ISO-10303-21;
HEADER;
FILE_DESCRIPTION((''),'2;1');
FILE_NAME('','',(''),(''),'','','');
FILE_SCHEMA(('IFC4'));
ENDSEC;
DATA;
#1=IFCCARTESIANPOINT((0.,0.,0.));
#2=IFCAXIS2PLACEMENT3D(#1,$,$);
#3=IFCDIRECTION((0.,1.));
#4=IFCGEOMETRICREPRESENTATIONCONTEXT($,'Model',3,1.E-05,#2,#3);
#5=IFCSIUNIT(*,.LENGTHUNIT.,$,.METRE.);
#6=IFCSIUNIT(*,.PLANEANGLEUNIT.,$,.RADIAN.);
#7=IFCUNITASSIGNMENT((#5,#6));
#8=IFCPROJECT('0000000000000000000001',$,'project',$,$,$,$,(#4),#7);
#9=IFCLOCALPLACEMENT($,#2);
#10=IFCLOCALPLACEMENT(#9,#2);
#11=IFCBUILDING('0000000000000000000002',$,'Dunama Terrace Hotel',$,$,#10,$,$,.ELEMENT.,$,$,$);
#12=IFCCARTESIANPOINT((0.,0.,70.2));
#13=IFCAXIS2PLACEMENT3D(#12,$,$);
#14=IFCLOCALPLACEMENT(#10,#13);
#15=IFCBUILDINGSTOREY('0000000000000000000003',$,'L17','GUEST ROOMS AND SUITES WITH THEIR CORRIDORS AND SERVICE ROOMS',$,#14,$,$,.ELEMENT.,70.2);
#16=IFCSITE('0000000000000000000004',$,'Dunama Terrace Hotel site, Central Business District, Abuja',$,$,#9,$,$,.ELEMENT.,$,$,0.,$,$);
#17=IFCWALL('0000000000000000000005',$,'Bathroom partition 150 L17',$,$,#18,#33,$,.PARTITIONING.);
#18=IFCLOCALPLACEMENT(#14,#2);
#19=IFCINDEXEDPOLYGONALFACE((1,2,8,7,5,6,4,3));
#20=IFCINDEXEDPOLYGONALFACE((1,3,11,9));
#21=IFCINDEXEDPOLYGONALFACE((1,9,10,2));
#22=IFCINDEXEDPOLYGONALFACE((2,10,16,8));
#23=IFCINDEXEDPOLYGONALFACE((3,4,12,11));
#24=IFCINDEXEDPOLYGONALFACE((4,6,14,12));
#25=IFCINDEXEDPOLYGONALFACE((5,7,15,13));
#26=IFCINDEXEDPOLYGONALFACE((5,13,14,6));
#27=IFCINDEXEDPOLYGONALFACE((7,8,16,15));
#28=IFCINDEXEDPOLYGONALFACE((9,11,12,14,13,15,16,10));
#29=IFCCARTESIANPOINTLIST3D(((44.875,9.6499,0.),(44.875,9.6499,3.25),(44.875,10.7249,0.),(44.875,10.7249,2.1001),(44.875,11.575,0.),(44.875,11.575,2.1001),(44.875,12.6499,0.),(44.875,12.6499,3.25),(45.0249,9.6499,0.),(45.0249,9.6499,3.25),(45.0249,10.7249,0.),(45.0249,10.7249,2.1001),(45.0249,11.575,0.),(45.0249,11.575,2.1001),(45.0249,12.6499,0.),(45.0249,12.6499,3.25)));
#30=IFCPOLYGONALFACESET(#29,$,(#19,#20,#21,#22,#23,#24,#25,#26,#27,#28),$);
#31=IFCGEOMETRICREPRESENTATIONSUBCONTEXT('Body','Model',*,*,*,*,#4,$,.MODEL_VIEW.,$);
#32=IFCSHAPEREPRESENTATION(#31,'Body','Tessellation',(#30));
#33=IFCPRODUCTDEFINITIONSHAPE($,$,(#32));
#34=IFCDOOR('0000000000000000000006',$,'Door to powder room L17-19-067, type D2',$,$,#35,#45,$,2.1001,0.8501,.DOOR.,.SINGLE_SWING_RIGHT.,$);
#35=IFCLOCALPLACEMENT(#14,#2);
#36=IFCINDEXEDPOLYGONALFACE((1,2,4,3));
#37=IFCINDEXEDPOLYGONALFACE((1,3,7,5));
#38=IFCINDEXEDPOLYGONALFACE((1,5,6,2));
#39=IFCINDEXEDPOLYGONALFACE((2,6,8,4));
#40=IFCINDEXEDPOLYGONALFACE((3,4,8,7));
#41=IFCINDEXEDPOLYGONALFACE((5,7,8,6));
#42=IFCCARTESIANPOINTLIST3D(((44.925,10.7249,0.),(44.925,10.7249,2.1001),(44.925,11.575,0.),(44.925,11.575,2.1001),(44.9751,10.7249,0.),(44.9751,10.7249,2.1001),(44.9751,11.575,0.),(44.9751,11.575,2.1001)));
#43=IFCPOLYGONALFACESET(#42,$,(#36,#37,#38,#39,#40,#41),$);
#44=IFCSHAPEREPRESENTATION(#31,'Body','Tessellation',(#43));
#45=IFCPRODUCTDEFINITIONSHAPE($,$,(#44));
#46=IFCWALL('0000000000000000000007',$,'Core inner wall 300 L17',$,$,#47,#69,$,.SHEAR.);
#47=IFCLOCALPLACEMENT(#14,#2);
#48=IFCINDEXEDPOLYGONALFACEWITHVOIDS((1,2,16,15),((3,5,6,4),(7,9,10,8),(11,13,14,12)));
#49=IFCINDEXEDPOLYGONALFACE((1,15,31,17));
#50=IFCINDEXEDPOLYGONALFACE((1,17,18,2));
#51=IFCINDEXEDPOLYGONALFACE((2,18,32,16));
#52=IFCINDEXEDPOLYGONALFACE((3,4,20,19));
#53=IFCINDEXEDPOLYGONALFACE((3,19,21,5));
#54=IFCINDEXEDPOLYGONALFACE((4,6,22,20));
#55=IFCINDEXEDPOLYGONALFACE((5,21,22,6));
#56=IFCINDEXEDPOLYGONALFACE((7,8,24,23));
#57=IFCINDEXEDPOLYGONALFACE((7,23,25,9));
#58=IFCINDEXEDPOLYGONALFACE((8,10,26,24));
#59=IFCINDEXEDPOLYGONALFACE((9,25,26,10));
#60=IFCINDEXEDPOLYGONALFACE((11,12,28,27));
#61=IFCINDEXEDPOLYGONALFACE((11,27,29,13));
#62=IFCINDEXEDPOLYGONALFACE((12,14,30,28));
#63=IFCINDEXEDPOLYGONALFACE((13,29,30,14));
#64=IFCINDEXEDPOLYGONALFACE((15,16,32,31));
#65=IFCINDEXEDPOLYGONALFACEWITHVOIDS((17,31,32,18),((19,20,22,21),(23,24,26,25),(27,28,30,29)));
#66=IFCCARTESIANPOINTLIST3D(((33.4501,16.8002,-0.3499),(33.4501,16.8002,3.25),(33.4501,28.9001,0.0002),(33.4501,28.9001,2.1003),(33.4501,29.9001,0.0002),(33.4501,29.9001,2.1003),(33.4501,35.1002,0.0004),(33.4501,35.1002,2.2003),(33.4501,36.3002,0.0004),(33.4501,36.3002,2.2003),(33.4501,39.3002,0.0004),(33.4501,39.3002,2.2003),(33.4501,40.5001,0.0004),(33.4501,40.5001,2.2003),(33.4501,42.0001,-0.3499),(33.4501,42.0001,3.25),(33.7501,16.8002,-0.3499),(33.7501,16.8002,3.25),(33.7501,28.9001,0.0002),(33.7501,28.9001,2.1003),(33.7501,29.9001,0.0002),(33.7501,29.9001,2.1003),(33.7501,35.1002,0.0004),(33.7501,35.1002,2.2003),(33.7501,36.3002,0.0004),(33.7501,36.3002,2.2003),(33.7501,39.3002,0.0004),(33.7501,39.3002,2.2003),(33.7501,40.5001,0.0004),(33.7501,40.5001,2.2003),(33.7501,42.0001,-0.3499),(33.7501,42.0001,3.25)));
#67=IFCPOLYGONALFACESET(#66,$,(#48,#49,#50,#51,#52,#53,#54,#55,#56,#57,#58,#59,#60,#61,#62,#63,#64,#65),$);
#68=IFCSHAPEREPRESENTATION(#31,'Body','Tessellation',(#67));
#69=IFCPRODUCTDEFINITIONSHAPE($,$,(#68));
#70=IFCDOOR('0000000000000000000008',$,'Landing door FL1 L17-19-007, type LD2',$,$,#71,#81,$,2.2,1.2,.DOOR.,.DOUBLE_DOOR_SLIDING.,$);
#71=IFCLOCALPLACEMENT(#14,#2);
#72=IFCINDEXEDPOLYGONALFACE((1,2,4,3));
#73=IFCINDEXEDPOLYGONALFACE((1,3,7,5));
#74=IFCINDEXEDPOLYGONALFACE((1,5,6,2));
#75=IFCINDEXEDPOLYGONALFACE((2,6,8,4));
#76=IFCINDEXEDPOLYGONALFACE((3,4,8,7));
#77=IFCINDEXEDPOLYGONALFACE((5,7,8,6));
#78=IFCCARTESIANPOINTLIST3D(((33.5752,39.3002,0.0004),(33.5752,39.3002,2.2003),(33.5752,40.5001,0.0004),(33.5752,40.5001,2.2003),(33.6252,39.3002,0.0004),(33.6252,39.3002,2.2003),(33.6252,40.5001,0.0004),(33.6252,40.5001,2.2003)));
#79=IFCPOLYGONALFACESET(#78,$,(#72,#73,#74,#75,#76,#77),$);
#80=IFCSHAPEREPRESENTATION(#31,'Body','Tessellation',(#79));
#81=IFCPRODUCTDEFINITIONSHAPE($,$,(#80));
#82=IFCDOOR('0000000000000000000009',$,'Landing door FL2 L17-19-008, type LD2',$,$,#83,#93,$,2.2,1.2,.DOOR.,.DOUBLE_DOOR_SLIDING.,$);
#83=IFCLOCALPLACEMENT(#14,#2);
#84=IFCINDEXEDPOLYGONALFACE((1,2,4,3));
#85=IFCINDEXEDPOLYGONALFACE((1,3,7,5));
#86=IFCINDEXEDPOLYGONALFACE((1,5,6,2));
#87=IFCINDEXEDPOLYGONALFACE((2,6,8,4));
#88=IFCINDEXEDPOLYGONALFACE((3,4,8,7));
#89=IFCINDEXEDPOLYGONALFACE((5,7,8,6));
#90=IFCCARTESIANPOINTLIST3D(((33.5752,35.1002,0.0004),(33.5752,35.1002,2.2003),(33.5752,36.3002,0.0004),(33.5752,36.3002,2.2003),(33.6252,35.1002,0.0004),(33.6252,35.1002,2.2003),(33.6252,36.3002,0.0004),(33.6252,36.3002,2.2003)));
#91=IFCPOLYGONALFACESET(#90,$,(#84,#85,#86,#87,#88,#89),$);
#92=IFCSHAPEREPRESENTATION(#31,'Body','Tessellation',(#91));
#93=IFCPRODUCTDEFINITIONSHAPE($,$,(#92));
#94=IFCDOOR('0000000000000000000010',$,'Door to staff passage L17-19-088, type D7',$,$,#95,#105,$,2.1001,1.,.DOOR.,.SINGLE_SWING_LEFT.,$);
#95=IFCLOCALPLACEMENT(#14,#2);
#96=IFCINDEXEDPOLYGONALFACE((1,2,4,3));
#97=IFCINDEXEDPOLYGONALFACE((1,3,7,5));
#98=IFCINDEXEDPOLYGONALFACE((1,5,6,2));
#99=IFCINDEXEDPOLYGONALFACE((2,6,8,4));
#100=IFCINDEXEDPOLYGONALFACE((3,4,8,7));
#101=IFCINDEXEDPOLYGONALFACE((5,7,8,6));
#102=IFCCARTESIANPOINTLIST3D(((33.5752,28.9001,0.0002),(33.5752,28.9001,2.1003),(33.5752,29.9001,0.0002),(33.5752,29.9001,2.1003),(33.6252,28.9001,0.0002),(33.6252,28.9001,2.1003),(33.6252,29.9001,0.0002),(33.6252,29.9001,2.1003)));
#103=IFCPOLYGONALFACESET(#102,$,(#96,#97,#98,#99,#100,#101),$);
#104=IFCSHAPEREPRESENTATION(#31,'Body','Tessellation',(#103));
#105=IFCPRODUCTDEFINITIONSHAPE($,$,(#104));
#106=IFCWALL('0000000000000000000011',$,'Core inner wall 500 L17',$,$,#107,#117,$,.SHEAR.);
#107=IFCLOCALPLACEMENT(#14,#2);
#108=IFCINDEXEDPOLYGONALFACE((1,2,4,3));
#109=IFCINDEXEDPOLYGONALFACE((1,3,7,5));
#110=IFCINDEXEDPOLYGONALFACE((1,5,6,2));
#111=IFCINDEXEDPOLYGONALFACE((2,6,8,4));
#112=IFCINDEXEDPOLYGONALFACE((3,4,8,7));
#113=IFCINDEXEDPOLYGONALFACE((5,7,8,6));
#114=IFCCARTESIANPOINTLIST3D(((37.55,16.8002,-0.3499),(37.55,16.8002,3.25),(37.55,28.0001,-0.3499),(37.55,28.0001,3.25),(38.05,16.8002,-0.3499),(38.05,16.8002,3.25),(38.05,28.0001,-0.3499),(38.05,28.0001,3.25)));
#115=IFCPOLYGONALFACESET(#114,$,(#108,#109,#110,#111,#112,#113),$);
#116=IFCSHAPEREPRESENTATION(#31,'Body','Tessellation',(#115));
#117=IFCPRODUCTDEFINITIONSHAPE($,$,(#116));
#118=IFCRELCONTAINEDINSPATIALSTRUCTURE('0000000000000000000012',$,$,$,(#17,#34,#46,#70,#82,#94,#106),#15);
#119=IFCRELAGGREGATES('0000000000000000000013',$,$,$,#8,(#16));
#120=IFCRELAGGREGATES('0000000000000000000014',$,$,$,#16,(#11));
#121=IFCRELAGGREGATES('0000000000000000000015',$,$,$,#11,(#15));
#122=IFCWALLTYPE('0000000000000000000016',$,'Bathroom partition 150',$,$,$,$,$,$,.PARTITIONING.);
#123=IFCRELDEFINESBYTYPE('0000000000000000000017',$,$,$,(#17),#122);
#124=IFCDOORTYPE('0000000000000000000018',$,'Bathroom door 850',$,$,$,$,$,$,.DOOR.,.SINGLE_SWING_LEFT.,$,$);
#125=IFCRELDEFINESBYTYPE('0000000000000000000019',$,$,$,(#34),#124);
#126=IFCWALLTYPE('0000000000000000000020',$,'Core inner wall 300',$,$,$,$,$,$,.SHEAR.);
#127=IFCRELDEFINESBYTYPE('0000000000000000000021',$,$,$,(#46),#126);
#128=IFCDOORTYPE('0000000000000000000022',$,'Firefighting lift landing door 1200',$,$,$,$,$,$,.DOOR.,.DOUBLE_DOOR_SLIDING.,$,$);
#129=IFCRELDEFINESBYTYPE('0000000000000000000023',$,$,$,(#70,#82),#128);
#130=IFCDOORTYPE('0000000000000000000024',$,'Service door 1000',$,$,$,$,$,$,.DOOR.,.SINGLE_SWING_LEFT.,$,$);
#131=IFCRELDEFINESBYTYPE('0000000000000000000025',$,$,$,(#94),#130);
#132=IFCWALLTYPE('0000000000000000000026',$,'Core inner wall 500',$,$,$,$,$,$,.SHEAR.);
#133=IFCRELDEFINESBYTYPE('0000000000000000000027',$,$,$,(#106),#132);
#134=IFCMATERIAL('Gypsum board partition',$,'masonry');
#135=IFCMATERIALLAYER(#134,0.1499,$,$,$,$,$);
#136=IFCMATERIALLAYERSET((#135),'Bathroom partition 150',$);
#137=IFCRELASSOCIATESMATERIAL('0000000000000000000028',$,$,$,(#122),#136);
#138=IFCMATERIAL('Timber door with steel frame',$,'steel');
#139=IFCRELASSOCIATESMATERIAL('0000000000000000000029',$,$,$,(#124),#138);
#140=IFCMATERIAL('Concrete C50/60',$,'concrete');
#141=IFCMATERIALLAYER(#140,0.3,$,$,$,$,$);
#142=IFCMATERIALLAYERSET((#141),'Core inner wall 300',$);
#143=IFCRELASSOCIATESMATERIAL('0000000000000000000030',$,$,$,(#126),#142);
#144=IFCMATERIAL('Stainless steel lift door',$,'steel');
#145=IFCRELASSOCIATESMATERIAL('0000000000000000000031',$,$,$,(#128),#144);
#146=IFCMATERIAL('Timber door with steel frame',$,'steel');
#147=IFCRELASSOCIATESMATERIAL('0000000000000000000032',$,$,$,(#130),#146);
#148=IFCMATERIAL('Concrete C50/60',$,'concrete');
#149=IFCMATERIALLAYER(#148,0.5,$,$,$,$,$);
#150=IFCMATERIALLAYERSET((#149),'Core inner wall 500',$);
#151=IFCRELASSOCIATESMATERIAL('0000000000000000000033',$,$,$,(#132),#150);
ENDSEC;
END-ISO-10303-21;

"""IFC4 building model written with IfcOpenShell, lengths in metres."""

from ifc_helpers import new_model, si_unit, direction, frame, frame_2d, origin, place, context, subcontext, project, spatial, rectangle, extrude, material, layer, layer_set, type_object, element, fill, save


model = new_model("IFC4")

# Units and contexts
model_context = context("Model", 3, precision=1e-05, world=origin(), true_north=direction((0.0, 1.0)))
body_context = subcontext(model_context, "Body", "Model", "MODEL_VIEW")
ifc_project = project(units=[si_unit("LENGTHUNIT", "METRE"), si_unit("PLANEANGLEUNIT", "RADIAN")], contexts=[model_context])

# Site, building, storey
site_placement = place(None, origin())
site = spatial("IfcSite", under=ifc_project, at=site_placement, Name="Dunama Terrace Hotel site, Central Business District, Abuja", CompositionType="ELEMENT", RefElevation=0.0)
building_placement = place(site_placement, origin())
building = spatial("IfcBuilding", under=site, at=building_placement, Name="Dunama Terrace Hotel", CompositionType="ELEMENT")
storey_placement = place(building_placement, frame((0.0, 0.0, 70.2)))
storey = spatial("IfcBuildingStorey", under=building, at=storey_placement, Name="L17", Description="GUEST ROOMS AND SUITES WITH THEIR CORRIDORS AND SERVICE ROOMS", CompositionType="ELEMENT", Elevation=70.2)

# Wall, opening, door
ifc_material_1 = material(Name="Gypsum board partition", Category="masonry")
ifc_layer_1 = layer(ifc_material_1, 0.1499)
ifc_layer_set_1 = layer_set([ifc_layer_1], Name="Bathroom partition 150")
wall_type_1 = type_object("IfcWallType", Name="Bathroom partition 150", PredefinedType="PARTITIONING", material=ifc_layer_set_1)
wall_1_placement = place(storey_placement, frame((44.95, 9.6499, 0.0), z_axis=(0.0, 0.0, 1.0), x_axis=(0.0, 1.0, 0.0)))
wall_1 = element("IfcWall", 1, at=wall_1_placement, inside=storey, type_object=wall_type_1, Name="Bathroom partition 150 L17", PredefinedType="PARTITIONING", context=body_context, shape_type="SweptSolid", body=[
    extrude(rectangle(XDim=3.0, YDim=0.1499, at=frame_2d((1.5, 0.0))), origin(), (0.0, 0.0, 1.0), 3.25),
])
opening_1_placement = place(wall_1_placement, frame((1.075, 0.0, 0.0)))
opening_1 = element("IfcOpeningElement", 2, at=opening_1_placement, cuts=wall_1, PredefinedType="OPENING", context=body_context, shape_type="SweptSolid", body=[
    extrude(rectangle(XDim=0.8501, YDim=2.1001, at=frame_2d((0.425, 1.05))), frame((0.0, 0.085, 0.0), z_axis=(0.0, -1.0, 0.0), x_axis=(1.0, 0.0, 0.0)), (0.0, 0.0, 1.0), 0.1699),
])
ifc_material_2 = material(Name="Timber door with steel frame", Category="steel")
door_type_1 = type_object("IfcDoorType", Name="Bathroom door 850", OperationType="SINGLE_SWING_LEFT", PredefinedType="DOOR", material=ifc_material_2)
door_1_placement = place(opening_1_placement, origin())
door_1 = element("IfcDoor", 3, at=door_1_placement, inside=storey, type_object=door_type_1, Name="Door to powder room L17-19-067, type D2", OperationType="SINGLE_SWING_RIGHT", OverallHeight=2.1001, OverallWidth=0.8501, PredefinedType="DOOR", context=body_context, shape_type="SweptSolid", body=[
    extrude(rectangle(XDim=0.8501, YDim=2.1001, at=frame_2d((0.425, 1.05))), frame((0.0, 0.0249, 0.0), z_axis=(0.0, -1.0, 0.0), x_axis=(1.0, 0.0, 0.0)), (0.0, 0.0, 1.0), 0.05),
])
fill(opening_1, door_1)

# Wall, openings, doors
ifc_material_3 = material(Name="Concrete C50/60", Category="concrete")
ifc_layer_2 = layer(ifc_material_3, 0.3)
ifc_layer_set_2 = layer_set([ifc_layer_2], Name="Core inner wall 300")
wall_type_2 = type_object("IfcWallType", Name="Core inner wall 300", PredefinedType="SHEAR", material=ifc_layer_set_2)
wall_2_placement = place(storey_placement, frame((33.6001, 16.8, -0.3499), z_axis=(0.0, 0.0, 1.0), x_axis=(0.0, 1.0, 0.0)))
wall_2 = element("IfcWall", 4, at=wall_2_placement, inside=storey, type_object=wall_type_2, Name="Core inner wall 300 L17", PredefinedType="SHEAR", context=body_context, shape_type="SweptSolid", body=[
    extrude(rectangle(XDim=25.2, YDim=0.3, at=frame_2d((12.6001, 0.0))), origin(), (0.0, 0.0, 1.0), 3.5999),
])
opening_2_placement = place(wall_2_placement, frame((22.5, 0.0, 0.3501)))
opening_2 = element("IfcOpeningElement", 5, at=opening_2_placement, cuts=wall_2, PredefinedType="OPENING", context=body_context, shape_type="SweptSolid", body=[
    extrude(rectangle(XDim=1.2, YDim=2.2, at=frame_2d((0.6001, 1.1001))), frame((0.0, 0.1599, 0.0), z_axis=(0.0, -1.0, 0.0), x_axis=(1.0, 0.0, 0.0)), (0.0, 0.0, 1.0), 0.3201),
])
opening_3_placement = place(wall_2_placement, frame((18.3, 0.0, 0.3501)))
opening_3 = element("IfcOpeningElement", 6, at=opening_3_placement, cuts=wall_2, PredefinedType="OPENING", context=body_context, shape_type="SweptSolid", body=[
    extrude(rectangle(XDim=1.2, YDim=2.2, at=frame_2d((0.6001, 1.1001))), frame((0.0, 0.1599, 0.0), z_axis=(0.0, -1.0, 0.0), x_axis=(1.0, 0.0, 0.0)), (0.0, 0.0, 1.0), 0.3201),
])
opening_4_placement = place(wall_2_placement, frame((12.1001, 0.0, 0.3501)))
opening_4 = element("IfcOpeningElement", 7, at=opening_4_placement, cuts=wall_2, PredefinedType="OPENING", context=body_context, shape_type="SweptSolid", body=[
    extrude(rectangle(XDim=1.0, YDim=2.1001, at=frame_2d((0.5, 1.05))), frame((0.0, 0.1599, 0.0), z_axis=(0.0, -1.0, 0.0), x_axis=(1.0, 0.0, 0.0)), (0.0, 0.0, 1.0), 0.3201),
])
ifc_material_4 = material(Name="Stainless steel lift door", Category="steel")
door_type_2 = type_object("IfcDoorType", Name="Firefighting lift landing door 1200", OperationType="DOUBLE_DOOR_SLIDING", PredefinedType="DOOR", material=ifc_material_4)
door_2_placement = place(opening_2_placement, origin())
door_2 = element("IfcDoor", 8, at=door_2_placement, inside=storey, type_object=door_type_2, Name="Landing door FL1 L17-19-007, type LD2", OperationType="DOUBLE_DOOR_SLIDING", OverallHeight=2.2, OverallWidth=1.2, PredefinedType="DOOR", context=body_context, shape_type="SweptSolid", body=[
    extrude(rectangle(XDim=1.2, YDim=2.2, at=frame_2d((0.6001, 1.1001))), frame((0.0, 0.0249, 0.0), z_axis=(0.0, -1.0, 0.0), x_axis=(1.0, 0.0, 0.0)), (0.0, 0.0, 1.0), 0.05),
])
fill(opening_2, door_2)
door_3_placement = place(opening_3_placement, origin())
door_3 = element("IfcDoor", 9, at=door_3_placement, inside=storey, type_object=door_type_2, Name="Landing door FL2 L17-19-008, type LD2", OperationType="DOUBLE_DOOR_SLIDING", OverallHeight=2.2, OverallWidth=1.2, PredefinedType="DOOR", context=body_context, shape_type="SweptSolid", body=[
    extrude(rectangle(XDim=1.2, YDim=2.2, at=frame_2d((0.6001, 1.1001))), frame((0.0, 0.0249, 0.0), z_axis=(0.0, -1.0, 0.0), x_axis=(1.0, 0.0, 0.0)), (0.0, 0.0, 1.0), 0.05),
])
fill(opening_3, door_3)
ifc_material_5 = material(Name="Timber door with steel frame", Category="steel")
door_type_3 = type_object("IfcDoorType", Name="Service door 1000", OperationType="SINGLE_SWING_LEFT", PredefinedType="DOOR", material=ifc_material_5)
door_4_placement = place(opening_4_placement, origin())
door_4 = element("IfcDoor", 10, at=door_4_placement, inside=storey, type_object=door_type_3, Name="Door to staff passage L17-19-088, type D7", OperationType="SINGLE_SWING_LEFT", OverallHeight=2.1001, OverallWidth=1.0, PredefinedType="DOOR", context=body_context, shape_type="SweptSolid", body=[
    extrude(rectangle(XDim=1.0, YDim=2.1001, at=frame_2d((0.5, 1.05))), frame((0.0, 0.0249, 0.0), z_axis=(0.0, -1.0, 0.0), x_axis=(1.0, 0.0, 0.0)), (0.0, 0.0, 1.0), 0.05),
])
fill(opening_4, door_4)

# Wall
ifc_material_6 = material(Name="Concrete C50/60", Category="concrete")
ifc_layer_3 = layer(ifc_material_6, 0.5)
ifc_layer_set_3 = layer_set([ifc_layer_3], Name="Core inner wall 500")
wall_type_3 = type_object("IfcWallType", Name="Core inner wall 500", PredefinedType="SHEAR", material=ifc_layer_set_3)
wall_3_placement = place(storey_placement, frame((37.8, 16.8, -0.3499), z_axis=(0.0, 0.0, 1.0), x_axis=(0.0, 1.0, 0.0)))
element("IfcWall", 11, at=wall_3_placement, inside=storey, type_object=wall_type_3, Name="Core inner wall 500 L17", PredefinedType="SHEAR", context=body_context, shape_type="SweptSolid", body=[
    extrude(rectangle(XDim=11.2, YDim=0.5, at=frame_2d((5.6001, 0.0))), origin(), (0.0, 0.0, 1.0), 3.5999),
])

save(model, "model.ifc")
